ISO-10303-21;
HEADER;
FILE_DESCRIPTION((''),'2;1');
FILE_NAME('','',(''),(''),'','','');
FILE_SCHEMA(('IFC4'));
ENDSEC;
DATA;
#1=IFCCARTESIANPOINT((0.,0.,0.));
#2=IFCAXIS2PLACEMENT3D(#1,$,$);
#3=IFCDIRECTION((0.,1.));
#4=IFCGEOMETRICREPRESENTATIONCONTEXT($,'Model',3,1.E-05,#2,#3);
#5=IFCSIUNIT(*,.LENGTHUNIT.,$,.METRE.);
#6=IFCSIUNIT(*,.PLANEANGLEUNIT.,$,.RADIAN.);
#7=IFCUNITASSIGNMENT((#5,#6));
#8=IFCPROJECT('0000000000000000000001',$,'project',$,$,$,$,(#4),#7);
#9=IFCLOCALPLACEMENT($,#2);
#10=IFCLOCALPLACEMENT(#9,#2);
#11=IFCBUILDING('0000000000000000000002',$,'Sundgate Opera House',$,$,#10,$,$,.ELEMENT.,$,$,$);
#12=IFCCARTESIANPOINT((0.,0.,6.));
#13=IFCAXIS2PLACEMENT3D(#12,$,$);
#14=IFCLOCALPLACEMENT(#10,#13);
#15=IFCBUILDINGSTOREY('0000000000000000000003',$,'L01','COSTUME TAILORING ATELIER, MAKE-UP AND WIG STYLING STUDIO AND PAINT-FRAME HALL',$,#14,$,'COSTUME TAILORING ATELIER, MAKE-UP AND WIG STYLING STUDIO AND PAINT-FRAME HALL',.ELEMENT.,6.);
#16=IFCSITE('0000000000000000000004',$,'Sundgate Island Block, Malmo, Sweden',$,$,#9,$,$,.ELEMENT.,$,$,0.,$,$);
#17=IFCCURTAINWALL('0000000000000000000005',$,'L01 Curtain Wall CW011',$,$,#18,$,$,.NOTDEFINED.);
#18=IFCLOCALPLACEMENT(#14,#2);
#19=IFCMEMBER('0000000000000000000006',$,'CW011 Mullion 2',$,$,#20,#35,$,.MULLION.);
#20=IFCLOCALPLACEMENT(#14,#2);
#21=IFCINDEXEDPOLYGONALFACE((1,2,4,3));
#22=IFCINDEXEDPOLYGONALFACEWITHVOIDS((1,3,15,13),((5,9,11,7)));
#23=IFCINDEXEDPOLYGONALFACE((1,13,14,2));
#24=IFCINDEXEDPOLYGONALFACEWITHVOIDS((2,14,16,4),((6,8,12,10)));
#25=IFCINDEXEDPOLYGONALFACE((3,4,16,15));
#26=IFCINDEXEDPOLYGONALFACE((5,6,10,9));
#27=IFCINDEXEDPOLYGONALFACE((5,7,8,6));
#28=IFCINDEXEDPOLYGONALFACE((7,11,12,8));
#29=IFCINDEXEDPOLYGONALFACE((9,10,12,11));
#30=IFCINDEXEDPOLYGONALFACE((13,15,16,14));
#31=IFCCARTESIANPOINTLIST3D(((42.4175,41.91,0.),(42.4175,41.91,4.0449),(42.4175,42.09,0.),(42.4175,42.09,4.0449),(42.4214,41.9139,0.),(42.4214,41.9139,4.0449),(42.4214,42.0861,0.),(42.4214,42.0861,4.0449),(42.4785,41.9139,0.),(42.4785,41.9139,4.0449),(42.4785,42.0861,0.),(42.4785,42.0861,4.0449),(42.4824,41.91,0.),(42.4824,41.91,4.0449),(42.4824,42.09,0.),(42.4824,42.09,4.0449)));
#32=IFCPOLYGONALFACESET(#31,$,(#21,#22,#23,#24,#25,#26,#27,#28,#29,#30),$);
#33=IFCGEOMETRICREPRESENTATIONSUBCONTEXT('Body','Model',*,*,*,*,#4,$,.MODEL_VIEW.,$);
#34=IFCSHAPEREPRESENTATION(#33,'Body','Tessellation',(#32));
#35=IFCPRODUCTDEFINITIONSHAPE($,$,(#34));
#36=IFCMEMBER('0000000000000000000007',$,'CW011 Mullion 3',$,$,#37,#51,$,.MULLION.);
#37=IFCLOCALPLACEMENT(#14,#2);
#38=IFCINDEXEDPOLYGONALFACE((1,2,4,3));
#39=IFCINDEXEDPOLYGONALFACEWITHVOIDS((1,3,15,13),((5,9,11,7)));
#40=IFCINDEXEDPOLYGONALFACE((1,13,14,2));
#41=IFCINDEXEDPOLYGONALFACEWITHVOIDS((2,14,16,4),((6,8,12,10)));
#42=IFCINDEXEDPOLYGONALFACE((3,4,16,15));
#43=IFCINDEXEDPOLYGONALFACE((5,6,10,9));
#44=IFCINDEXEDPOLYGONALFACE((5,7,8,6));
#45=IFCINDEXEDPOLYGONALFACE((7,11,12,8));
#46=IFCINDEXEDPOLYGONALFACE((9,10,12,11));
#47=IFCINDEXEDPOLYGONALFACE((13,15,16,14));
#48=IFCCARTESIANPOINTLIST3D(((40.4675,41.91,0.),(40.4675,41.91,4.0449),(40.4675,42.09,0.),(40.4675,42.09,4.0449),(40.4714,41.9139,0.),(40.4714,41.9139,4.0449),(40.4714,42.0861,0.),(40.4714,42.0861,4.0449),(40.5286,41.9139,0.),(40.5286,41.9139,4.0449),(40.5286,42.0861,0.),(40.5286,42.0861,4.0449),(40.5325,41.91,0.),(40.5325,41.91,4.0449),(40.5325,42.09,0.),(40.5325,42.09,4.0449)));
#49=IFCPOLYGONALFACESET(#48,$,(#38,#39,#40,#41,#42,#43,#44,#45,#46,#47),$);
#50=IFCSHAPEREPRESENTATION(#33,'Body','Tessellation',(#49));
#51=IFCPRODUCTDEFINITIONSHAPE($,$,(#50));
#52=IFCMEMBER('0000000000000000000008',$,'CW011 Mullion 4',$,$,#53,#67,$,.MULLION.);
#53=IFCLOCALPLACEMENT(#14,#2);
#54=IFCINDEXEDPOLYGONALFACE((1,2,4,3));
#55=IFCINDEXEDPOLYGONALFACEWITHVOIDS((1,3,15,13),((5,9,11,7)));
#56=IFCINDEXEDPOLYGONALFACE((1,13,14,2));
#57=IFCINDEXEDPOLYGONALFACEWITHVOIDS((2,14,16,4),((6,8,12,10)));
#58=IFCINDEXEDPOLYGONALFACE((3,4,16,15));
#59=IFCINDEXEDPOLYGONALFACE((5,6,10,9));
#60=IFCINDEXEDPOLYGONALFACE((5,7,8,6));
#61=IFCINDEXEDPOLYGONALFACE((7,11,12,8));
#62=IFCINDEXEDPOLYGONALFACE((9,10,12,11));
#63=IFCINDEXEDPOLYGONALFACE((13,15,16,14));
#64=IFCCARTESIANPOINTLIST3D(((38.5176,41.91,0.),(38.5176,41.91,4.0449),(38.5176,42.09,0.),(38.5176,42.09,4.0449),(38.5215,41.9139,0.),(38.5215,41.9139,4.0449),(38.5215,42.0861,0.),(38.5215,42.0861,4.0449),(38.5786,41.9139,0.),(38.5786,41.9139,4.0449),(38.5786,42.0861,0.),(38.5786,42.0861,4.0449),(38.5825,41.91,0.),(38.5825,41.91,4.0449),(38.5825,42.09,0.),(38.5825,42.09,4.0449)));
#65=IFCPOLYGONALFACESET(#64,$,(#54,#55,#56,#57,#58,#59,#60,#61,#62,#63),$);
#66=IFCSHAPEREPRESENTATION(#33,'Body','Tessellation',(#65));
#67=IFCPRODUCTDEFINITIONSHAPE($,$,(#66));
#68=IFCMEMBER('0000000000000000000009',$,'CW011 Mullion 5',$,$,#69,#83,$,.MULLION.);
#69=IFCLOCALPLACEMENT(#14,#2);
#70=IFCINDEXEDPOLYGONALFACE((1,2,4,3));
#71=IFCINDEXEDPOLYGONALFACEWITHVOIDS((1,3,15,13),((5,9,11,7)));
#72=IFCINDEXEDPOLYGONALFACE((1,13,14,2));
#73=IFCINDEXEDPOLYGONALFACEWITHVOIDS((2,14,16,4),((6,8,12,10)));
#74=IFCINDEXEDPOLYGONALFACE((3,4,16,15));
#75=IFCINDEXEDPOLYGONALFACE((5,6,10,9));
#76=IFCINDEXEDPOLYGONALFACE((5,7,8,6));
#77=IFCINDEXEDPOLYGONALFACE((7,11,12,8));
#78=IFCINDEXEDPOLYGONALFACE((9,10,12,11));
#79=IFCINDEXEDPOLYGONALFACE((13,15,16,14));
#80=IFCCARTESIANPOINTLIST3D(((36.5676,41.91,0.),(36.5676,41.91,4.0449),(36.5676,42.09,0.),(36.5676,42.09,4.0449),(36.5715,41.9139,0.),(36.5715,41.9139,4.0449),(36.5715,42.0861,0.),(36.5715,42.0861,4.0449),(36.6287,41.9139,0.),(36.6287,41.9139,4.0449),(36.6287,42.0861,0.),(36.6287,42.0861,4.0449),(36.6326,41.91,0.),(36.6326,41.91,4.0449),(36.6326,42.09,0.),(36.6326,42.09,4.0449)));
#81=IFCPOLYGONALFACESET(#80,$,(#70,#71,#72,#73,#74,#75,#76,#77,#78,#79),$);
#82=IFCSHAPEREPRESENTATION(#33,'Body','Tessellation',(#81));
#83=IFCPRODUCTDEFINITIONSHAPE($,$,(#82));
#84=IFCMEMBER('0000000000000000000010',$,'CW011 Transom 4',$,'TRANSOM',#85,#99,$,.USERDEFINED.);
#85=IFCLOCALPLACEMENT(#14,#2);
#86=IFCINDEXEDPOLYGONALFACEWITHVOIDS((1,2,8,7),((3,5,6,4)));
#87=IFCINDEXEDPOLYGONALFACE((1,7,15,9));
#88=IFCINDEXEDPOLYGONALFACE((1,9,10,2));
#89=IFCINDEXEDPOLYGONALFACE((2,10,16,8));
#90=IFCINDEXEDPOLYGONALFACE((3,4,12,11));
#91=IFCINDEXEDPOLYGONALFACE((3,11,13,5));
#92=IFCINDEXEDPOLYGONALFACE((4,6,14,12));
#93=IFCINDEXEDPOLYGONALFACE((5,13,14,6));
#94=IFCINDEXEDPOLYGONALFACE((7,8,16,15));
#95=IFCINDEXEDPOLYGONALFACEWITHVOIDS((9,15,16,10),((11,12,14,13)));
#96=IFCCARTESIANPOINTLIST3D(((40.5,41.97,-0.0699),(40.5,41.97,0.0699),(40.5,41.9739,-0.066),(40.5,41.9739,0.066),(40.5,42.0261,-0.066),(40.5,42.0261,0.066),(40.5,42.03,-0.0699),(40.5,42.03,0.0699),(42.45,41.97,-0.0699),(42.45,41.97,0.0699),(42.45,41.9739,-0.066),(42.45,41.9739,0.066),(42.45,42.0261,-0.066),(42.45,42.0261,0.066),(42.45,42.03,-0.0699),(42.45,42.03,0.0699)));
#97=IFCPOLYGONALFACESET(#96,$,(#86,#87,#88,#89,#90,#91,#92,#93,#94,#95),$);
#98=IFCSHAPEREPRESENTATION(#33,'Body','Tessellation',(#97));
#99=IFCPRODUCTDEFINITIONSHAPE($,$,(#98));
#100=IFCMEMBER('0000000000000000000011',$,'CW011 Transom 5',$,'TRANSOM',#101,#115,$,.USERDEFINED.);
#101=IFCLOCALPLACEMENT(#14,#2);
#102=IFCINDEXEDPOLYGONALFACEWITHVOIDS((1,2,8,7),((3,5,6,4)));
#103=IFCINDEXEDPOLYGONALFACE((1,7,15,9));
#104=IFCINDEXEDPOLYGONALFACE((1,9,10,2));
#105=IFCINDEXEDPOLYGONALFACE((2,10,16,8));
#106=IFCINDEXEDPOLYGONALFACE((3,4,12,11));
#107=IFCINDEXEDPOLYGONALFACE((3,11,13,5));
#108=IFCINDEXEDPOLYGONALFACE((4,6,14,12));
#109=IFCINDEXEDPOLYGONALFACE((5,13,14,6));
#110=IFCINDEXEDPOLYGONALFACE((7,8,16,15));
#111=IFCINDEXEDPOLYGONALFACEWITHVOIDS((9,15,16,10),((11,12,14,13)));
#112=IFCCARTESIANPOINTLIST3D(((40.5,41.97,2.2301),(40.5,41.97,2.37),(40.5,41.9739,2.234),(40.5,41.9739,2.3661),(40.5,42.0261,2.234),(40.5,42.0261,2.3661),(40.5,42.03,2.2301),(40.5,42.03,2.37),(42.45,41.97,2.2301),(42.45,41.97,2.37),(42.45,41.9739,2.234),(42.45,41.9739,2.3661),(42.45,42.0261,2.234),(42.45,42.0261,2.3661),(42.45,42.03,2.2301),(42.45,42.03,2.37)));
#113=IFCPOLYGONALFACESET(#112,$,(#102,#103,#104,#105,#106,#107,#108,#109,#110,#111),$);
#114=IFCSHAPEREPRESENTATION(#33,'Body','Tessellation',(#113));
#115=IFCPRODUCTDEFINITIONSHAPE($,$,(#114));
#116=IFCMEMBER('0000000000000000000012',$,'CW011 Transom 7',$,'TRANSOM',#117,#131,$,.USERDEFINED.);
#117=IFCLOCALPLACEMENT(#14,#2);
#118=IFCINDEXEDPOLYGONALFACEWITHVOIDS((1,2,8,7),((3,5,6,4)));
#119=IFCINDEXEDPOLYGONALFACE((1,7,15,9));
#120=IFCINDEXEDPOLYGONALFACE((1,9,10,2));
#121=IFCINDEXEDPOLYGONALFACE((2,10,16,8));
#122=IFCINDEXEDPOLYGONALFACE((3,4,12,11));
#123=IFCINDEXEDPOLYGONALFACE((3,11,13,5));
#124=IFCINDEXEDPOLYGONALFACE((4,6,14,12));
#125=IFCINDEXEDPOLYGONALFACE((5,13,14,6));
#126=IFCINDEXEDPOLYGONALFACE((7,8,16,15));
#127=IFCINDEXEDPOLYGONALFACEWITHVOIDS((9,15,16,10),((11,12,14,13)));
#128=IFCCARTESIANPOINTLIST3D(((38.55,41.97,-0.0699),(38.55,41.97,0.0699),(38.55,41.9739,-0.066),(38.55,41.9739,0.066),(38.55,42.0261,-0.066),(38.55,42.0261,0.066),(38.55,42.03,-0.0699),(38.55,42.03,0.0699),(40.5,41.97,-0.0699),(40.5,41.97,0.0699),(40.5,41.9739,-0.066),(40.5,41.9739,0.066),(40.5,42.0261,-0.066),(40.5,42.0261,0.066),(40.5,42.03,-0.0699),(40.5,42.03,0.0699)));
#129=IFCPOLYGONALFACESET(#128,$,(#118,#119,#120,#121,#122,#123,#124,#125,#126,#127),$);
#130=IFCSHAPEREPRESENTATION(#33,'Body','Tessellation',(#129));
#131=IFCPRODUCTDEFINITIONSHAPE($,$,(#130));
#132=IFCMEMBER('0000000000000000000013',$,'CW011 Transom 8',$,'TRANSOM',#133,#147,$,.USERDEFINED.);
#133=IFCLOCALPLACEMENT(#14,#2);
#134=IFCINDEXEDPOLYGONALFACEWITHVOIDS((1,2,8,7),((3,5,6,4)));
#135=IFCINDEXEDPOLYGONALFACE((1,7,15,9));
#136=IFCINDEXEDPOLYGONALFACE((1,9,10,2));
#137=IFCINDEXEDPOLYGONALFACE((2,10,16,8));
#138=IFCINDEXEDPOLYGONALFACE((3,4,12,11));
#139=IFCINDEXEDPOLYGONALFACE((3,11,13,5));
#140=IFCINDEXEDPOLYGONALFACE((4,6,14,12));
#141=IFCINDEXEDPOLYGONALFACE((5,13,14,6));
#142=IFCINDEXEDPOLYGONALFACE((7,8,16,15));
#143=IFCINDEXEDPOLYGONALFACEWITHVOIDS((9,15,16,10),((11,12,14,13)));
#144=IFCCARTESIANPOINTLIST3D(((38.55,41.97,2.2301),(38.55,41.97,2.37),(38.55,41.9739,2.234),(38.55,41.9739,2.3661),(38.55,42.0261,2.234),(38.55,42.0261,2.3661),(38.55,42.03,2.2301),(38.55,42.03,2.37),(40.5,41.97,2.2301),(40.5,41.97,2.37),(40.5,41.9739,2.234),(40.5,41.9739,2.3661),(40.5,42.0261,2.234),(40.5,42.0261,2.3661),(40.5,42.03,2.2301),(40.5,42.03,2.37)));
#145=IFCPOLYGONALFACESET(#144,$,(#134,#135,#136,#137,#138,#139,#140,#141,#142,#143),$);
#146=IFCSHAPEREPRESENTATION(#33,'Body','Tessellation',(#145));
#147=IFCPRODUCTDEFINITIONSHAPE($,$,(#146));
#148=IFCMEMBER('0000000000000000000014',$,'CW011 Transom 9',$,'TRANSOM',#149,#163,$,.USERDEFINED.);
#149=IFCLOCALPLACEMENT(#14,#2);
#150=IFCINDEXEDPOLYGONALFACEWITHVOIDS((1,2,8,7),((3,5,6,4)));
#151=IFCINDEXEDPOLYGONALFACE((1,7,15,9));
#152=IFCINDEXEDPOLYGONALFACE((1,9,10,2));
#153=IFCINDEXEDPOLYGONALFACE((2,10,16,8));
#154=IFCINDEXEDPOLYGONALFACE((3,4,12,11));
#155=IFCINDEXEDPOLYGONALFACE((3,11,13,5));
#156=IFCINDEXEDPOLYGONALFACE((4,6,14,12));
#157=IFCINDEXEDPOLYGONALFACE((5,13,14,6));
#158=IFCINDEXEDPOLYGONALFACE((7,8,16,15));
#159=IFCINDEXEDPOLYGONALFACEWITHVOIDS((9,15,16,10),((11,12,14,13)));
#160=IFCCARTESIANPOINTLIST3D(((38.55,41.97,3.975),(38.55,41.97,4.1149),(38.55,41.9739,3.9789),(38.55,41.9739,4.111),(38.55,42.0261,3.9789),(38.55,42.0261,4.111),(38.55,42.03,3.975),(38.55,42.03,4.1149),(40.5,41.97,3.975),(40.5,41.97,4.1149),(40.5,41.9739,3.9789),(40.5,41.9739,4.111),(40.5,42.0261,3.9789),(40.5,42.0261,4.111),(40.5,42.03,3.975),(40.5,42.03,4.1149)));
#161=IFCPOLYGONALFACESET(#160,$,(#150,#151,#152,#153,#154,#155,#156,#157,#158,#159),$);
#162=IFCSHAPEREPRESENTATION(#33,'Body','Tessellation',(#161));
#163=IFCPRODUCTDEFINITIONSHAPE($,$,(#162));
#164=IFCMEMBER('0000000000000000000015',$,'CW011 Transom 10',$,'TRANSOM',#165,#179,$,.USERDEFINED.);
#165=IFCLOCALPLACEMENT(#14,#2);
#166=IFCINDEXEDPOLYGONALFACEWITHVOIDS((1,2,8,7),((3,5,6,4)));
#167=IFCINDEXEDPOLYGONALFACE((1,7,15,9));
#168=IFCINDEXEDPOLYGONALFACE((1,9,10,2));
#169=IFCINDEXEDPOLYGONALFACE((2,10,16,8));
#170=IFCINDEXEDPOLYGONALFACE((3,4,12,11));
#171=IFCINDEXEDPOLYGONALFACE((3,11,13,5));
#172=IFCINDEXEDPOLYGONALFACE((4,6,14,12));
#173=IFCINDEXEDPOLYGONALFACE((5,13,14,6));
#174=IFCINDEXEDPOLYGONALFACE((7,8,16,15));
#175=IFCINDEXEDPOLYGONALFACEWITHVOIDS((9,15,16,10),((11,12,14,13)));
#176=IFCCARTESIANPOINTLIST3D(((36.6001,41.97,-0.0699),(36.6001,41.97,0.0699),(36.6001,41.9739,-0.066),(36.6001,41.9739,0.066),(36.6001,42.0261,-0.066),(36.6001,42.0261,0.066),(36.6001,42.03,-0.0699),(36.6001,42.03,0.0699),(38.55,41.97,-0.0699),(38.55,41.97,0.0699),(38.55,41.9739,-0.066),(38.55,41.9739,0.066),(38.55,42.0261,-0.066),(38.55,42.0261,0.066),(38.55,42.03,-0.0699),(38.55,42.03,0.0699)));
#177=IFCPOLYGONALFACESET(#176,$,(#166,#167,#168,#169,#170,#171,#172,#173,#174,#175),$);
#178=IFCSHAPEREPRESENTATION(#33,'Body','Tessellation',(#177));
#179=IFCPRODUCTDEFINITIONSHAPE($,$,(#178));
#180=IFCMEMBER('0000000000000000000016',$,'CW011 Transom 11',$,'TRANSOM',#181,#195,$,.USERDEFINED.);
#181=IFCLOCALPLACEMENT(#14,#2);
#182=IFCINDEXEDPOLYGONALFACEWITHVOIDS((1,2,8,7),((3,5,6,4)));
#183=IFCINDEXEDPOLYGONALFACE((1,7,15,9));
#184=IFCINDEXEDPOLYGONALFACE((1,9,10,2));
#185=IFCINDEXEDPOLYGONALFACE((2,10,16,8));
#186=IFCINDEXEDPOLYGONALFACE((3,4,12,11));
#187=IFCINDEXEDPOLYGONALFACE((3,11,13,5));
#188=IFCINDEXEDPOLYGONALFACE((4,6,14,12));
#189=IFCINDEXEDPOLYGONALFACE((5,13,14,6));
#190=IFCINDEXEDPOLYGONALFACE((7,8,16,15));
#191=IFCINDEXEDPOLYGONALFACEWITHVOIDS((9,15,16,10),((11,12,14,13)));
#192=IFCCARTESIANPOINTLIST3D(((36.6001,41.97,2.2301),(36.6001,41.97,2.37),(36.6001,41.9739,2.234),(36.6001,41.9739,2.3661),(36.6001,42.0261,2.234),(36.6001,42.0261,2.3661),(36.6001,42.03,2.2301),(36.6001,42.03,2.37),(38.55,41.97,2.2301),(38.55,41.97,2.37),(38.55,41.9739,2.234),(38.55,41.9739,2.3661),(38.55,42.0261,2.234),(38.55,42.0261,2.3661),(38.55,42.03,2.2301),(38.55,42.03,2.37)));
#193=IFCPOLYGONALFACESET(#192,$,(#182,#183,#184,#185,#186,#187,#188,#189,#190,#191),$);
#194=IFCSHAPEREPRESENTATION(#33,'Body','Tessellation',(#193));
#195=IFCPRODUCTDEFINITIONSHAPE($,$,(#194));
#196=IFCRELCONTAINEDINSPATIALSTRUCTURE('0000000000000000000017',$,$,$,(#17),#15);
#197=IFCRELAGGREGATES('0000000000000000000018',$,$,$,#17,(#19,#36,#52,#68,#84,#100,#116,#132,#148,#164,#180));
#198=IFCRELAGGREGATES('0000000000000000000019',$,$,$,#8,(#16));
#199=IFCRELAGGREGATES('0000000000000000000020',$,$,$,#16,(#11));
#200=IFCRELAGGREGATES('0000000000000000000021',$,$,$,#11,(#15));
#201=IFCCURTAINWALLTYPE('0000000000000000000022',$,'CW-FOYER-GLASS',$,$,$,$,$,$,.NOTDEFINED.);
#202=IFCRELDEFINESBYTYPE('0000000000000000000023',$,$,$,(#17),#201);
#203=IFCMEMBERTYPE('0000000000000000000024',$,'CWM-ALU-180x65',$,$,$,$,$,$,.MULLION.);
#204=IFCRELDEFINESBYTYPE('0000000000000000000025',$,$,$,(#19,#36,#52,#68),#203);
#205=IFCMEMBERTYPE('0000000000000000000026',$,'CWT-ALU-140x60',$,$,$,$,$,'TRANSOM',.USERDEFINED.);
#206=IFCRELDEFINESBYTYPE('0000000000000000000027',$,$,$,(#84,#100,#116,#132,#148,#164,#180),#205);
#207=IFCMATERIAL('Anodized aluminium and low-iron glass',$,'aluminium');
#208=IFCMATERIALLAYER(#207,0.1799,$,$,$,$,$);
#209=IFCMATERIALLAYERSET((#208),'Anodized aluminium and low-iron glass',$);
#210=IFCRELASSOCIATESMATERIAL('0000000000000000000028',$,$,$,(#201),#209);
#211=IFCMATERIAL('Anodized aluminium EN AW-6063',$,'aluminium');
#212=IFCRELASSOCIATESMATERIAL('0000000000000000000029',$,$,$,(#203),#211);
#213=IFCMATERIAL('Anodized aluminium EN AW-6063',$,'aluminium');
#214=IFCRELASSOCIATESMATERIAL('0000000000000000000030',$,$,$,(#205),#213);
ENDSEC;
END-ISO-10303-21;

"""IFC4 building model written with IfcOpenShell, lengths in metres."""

from ifc_helpers import new_model, si_unit, direction, frame, origin, origin_2d, place, context, subcontext, project, spatial, hollow_rectangle, extrude, material, layer, layer_set, material_profile, profile_set, type_object, element, aggregate, save


model = new_model("IFC4")

# Units and contexts
model_context = context("Model", 3, precision=1e-05, world=origin(), true_north=direction((0.0, 1.0)))
body_context = subcontext(model_context, "Body", "Model", "MODEL_VIEW")
ifc_project = project(units=[si_unit("LENGTHUNIT", "METRE"), si_unit("PLANEANGLEUNIT", "RADIAN")], contexts=[model_context])

# Site, building, storey
site_placement = place(None, origin())
site = spatial("IfcSite", under=ifc_project, at=site_placement, Name="Sundgate Island Block, Malmo, Sweden", CompositionType="ELEMENT", RefElevation=0.0)
building_placement = place(site_placement, origin())
building = spatial("IfcBuilding", under=site, at=building_placement, Name="Sundgate Opera House", CompositionType="ELEMENT")
storey_placement = place(building_placement, frame((0.0, 0.0, 6.0)))
storey = spatial("IfcBuildingStorey", under=building, at=storey_placement, Name="L01", Description="COSTUME TAILORING ATELIER, MAKE-UP AND WIG STYLING STUDIO AND PAINT-FRAME HALL", LongName="COSTUME TAILORING ATELIER, MAKE-UP AND WIG STYLING STUDIO AND PAINT-FRAME HALL", CompositionType="ELEMENT", Elevation=6.0)

# Curtain wall, members
ifc_material_1 = material(Name="Anodized aluminium and low-iron glass", Category="aluminium")
ifc_layer_1 = layer(ifc_material_1, 0.1799)
ifc_layer_set_1 = layer_set([ifc_layer_1], Name="Anodized aluminium and low-iron glass")
curtain_wall_type = type_object("IfcCurtainWallType", Name="CW-FOYER-GLASS", PredefinedType="NOTDEFINED", material=ifc_layer_set_1)
curtain_wall_placement = place(storey_placement, origin())
curtain_wall = element("IfcCurtainWall", 1, at=curtain_wall_placement, inside=storey, type_object=curtain_wall_type, Name="L01 Curtain Wall CW011", PredefinedType="NOTDEFINED")
ifc_material_2 = material(Name="Anodized aluminium EN AW-6063", Category="aluminium")
ifc_material_profile_1 = material_profile(ifc_material_2, hollow_rectangle(XDim=0.0649, YDim=0.1799, WallThickness=0.0039, at=origin_2d()), Name="CWM 180x65x4")
ifc_profile_set_1 = profile_set([ifc_material_profile_1], Name="Anodized aluminium EN AW-6063")
member_type_1 = type_object("IfcMemberType", Name="CWM-ALU-180x65", PredefinedType="MULLION", material=ifc_profile_set_1)
member_1_placement = place(storey_placement, frame((42.45, 42.0, 0.0), z_axis=(0.0, 0.0, 1.0), x_axis=(1.0, 0.0, 0.0)))
member_1 = element("IfcMember", 2, at=member_1_placement, type_object=member_type_1, Name="CW011 Mullion 2", PredefinedType="MULLION", context=body_context, shape_type="SweptSolid", body=[
    extrude(hollow_rectangle(XDim=0.0649, YDim=0.1799, WallThickness=0.0039, at=origin_2d()), origin(), (0.0, 0.0, 1.0), 4.0449),
])
member_2_placement = place(storey_placement, frame((40.5, 42.0, 0.0), z_axis=(0.0, 0.0, 1.0), x_axis=(1.0, 0.0, 0.0)))
member_2 = element("IfcMember", 3, at=member_2_placement, type_object=member_type_1, Name="CW011 Mullion 3", PredefinedType="MULLION", context=body_context, shape_type="SweptSolid", body=[
    extrude(hollow_rectangle(XDim=0.0649, YDim=0.1799, WallThickness=0.0039, at=origin_2d()), origin(), (0.0, 0.0, 1.0), 4.0449),
])
member_3_placement = place(storey_placement, frame((38.55, 42.0, 0.0), z_axis=(0.0, 0.0, 1.0), x_axis=(1.0, 0.0, 0.0)))
member_3 = element("IfcMember", 4, at=member_3_placement, type_object=member_type_1, Name="CW011 Mullion 4", PredefinedType="MULLION", context=body_context, shape_type="SweptSolid", body=[
    extrude(hollow_rectangle(XDim=0.0649, YDim=0.1799, WallThickness=0.0039, at=origin_2d()), origin(), (0.0, 0.0, 1.0), 4.0449),
])
member_4_placement = place(storey_placement, frame((36.6001, 42.0, 0.0), z_axis=(0.0, 0.0, 1.0), x_axis=(1.0, 0.0, 0.0)))
member_4 = element("IfcMember", 5, at=member_4_placement, type_object=member_type_1, Name="CW011 Mullion 5", PredefinedType="MULLION", context=body_context, shape_type="SweptSolid", body=[
    extrude(hollow_rectangle(XDim=0.0649, YDim=0.1799, WallThickness=0.0039, at=origin_2d()), origin(), (0.0, 0.0, 1.0), 4.0449),
])
ifc_material_3 = material(Name="Anodized aluminium EN AW-6063", Category="aluminium")
ifc_material_profile_2 = material_profile(ifc_material_3, hollow_rectangle(XDim=0.0601, YDim=0.1399, WallThickness=0.0039, at=origin_2d()), Name="CWT 140x60x4")
ifc_profile_set_2 = profile_set([ifc_material_profile_2], Name="Anodized aluminium EN AW-6063")
member_type_2 = type_object("IfcMemberType", Name="CWT-ALU-140x60", ElementType="TRANSOM", PredefinedType="USERDEFINED", material=ifc_profile_set_2)
member_5_placement = place(storey_placement, frame((42.45, 42.0, 0.0), z_axis=(-1.0, 0.0, 0.0), x_axis=(0.0, -1.0, 0.0)))
member_5 = element("IfcMember", 6, at=member_5_placement, type_object=member_type_2, Name="CW011 Transom 4", ObjectType="TRANSOM", PredefinedType="USERDEFINED", context=body_context, shape_type="SweptSolid", body=[
    extrude(hollow_rectangle(XDim=0.0601, YDim=0.1399, WallThickness=0.0039, at=origin_2d()), origin(), (0.0, 0.0, 1.0), 1.95),
])
member_6_placement = place(storey_placement, frame((42.45, 42.0, 2.3), z_axis=(-1.0, 0.0, 0.0), x_axis=(0.0, -1.0, 0.0)))
member_6 = element("IfcMember", 7, at=member_6_placement, type_object=member_type_2, Name="CW011 Transom 5", ObjectType="TRANSOM", PredefinedType="USERDEFINED", context=body_context, shape_type="SweptSolid", body=[
    extrude(hollow_rectangle(XDim=0.0601, YDim=0.1399, WallThickness=0.0039, at=origin_2d()), origin(), (0.0, 0.0, 1.0), 1.95),
])
member_7_placement = place(storey_placement, frame((40.5, 42.0, 0.0), z_axis=(-1.0, 0.0, 0.0), x_axis=(0.0, -1.0, 0.0)))
member_7 = element("IfcMember", 8, at=member_7_placement, type_object=member_type_2, Name="CW011 Transom 7", ObjectType="TRANSOM", PredefinedType="USERDEFINED", context=body_context, shape_type="SweptSolid", body=[
    extrude(hollow_rectangle(XDim=0.0601, YDim=0.1399, WallThickness=0.0039, at=origin_2d()), origin(), (0.0, 0.0, 1.0), 1.95),
])
member_8_placement = place(storey_placement, frame((40.5, 42.0, 2.3), z_axis=(-1.0, 0.0, 0.0), x_axis=(0.0, -1.0, 0.0)))
member_8 = element("IfcMember", 9, at=member_8_placement, type_object=member_type_2, Name="CW011 Transom 8", ObjectType="TRANSOM", PredefinedType="USERDEFINED", context=body_context, shape_type="SweptSolid", body=[
    extrude(hollow_rectangle(XDim=0.0601, YDim=0.1399, WallThickness=0.0039, at=origin_2d()), origin(), (0.0, 0.0, 1.0), 1.95),
])
member_9_placement = place(storey_placement, frame((40.5, 42.0, 4.0449), z_axis=(-1.0, 0.0, 0.0), x_axis=(0.0, -1.0, 0.0)))
member_9 = element("IfcMember", 10, at=member_9_placement, type_object=member_type_2, Name="CW011 Transom 9", ObjectType="TRANSOM", PredefinedType="USERDEFINED", context=body_context, shape_type="SweptSolid", body=[
    extrude(hollow_rectangle(XDim=0.0601, YDim=0.1399, WallThickness=0.0039, at=origin_2d()), origin(), (0.0, 0.0, 1.0), 1.95),
])
member_10_placement = place(storey_placement, frame((38.55, 42.0, 0.0), z_axis=(-1.0, 0.0, 0.0), x_axis=(0.0, -1.0, 0.0)))
member_10 = element("IfcMember", 11, at=member_10_placement, type_object=member_type_2, Name="CW011 Transom 10", ObjectType="TRANSOM", PredefinedType="USERDEFINED", context=body_context, shape_type="SweptSolid", body=[
    extrude(hollow_rectangle(XDim=0.0601, YDim=0.1399, WallThickness=0.0039, at=origin_2d()), origin(), (0.0, 0.0, 1.0), 1.95),
])
member_11_placement = place(storey_placement, frame((38.55, 42.0, 2.3), z_axis=(-1.0, 0.0, 0.0), x_axis=(0.0, -1.0, 0.0)))
member_11 = element("IfcMember", 12, at=member_11_placement, type_object=member_type_2, Name="CW011 Transom 11", ObjectType="TRANSOM", PredefinedType="USERDEFINED", context=body_context, shape_type="SweptSolid", body=[
    extrude(hollow_rectangle(XDim=0.0601, YDim=0.1399, WallThickness=0.0039, at=origin_2d()), origin(), (0.0, 0.0, 1.0), 1.95),
])
aggregate(curtain_wall, [member_1, member_2, member_3, member_4, member_5, member_6, member_7, member_8, member_9, member_10, member_11])

save(model, "model.ifc")
